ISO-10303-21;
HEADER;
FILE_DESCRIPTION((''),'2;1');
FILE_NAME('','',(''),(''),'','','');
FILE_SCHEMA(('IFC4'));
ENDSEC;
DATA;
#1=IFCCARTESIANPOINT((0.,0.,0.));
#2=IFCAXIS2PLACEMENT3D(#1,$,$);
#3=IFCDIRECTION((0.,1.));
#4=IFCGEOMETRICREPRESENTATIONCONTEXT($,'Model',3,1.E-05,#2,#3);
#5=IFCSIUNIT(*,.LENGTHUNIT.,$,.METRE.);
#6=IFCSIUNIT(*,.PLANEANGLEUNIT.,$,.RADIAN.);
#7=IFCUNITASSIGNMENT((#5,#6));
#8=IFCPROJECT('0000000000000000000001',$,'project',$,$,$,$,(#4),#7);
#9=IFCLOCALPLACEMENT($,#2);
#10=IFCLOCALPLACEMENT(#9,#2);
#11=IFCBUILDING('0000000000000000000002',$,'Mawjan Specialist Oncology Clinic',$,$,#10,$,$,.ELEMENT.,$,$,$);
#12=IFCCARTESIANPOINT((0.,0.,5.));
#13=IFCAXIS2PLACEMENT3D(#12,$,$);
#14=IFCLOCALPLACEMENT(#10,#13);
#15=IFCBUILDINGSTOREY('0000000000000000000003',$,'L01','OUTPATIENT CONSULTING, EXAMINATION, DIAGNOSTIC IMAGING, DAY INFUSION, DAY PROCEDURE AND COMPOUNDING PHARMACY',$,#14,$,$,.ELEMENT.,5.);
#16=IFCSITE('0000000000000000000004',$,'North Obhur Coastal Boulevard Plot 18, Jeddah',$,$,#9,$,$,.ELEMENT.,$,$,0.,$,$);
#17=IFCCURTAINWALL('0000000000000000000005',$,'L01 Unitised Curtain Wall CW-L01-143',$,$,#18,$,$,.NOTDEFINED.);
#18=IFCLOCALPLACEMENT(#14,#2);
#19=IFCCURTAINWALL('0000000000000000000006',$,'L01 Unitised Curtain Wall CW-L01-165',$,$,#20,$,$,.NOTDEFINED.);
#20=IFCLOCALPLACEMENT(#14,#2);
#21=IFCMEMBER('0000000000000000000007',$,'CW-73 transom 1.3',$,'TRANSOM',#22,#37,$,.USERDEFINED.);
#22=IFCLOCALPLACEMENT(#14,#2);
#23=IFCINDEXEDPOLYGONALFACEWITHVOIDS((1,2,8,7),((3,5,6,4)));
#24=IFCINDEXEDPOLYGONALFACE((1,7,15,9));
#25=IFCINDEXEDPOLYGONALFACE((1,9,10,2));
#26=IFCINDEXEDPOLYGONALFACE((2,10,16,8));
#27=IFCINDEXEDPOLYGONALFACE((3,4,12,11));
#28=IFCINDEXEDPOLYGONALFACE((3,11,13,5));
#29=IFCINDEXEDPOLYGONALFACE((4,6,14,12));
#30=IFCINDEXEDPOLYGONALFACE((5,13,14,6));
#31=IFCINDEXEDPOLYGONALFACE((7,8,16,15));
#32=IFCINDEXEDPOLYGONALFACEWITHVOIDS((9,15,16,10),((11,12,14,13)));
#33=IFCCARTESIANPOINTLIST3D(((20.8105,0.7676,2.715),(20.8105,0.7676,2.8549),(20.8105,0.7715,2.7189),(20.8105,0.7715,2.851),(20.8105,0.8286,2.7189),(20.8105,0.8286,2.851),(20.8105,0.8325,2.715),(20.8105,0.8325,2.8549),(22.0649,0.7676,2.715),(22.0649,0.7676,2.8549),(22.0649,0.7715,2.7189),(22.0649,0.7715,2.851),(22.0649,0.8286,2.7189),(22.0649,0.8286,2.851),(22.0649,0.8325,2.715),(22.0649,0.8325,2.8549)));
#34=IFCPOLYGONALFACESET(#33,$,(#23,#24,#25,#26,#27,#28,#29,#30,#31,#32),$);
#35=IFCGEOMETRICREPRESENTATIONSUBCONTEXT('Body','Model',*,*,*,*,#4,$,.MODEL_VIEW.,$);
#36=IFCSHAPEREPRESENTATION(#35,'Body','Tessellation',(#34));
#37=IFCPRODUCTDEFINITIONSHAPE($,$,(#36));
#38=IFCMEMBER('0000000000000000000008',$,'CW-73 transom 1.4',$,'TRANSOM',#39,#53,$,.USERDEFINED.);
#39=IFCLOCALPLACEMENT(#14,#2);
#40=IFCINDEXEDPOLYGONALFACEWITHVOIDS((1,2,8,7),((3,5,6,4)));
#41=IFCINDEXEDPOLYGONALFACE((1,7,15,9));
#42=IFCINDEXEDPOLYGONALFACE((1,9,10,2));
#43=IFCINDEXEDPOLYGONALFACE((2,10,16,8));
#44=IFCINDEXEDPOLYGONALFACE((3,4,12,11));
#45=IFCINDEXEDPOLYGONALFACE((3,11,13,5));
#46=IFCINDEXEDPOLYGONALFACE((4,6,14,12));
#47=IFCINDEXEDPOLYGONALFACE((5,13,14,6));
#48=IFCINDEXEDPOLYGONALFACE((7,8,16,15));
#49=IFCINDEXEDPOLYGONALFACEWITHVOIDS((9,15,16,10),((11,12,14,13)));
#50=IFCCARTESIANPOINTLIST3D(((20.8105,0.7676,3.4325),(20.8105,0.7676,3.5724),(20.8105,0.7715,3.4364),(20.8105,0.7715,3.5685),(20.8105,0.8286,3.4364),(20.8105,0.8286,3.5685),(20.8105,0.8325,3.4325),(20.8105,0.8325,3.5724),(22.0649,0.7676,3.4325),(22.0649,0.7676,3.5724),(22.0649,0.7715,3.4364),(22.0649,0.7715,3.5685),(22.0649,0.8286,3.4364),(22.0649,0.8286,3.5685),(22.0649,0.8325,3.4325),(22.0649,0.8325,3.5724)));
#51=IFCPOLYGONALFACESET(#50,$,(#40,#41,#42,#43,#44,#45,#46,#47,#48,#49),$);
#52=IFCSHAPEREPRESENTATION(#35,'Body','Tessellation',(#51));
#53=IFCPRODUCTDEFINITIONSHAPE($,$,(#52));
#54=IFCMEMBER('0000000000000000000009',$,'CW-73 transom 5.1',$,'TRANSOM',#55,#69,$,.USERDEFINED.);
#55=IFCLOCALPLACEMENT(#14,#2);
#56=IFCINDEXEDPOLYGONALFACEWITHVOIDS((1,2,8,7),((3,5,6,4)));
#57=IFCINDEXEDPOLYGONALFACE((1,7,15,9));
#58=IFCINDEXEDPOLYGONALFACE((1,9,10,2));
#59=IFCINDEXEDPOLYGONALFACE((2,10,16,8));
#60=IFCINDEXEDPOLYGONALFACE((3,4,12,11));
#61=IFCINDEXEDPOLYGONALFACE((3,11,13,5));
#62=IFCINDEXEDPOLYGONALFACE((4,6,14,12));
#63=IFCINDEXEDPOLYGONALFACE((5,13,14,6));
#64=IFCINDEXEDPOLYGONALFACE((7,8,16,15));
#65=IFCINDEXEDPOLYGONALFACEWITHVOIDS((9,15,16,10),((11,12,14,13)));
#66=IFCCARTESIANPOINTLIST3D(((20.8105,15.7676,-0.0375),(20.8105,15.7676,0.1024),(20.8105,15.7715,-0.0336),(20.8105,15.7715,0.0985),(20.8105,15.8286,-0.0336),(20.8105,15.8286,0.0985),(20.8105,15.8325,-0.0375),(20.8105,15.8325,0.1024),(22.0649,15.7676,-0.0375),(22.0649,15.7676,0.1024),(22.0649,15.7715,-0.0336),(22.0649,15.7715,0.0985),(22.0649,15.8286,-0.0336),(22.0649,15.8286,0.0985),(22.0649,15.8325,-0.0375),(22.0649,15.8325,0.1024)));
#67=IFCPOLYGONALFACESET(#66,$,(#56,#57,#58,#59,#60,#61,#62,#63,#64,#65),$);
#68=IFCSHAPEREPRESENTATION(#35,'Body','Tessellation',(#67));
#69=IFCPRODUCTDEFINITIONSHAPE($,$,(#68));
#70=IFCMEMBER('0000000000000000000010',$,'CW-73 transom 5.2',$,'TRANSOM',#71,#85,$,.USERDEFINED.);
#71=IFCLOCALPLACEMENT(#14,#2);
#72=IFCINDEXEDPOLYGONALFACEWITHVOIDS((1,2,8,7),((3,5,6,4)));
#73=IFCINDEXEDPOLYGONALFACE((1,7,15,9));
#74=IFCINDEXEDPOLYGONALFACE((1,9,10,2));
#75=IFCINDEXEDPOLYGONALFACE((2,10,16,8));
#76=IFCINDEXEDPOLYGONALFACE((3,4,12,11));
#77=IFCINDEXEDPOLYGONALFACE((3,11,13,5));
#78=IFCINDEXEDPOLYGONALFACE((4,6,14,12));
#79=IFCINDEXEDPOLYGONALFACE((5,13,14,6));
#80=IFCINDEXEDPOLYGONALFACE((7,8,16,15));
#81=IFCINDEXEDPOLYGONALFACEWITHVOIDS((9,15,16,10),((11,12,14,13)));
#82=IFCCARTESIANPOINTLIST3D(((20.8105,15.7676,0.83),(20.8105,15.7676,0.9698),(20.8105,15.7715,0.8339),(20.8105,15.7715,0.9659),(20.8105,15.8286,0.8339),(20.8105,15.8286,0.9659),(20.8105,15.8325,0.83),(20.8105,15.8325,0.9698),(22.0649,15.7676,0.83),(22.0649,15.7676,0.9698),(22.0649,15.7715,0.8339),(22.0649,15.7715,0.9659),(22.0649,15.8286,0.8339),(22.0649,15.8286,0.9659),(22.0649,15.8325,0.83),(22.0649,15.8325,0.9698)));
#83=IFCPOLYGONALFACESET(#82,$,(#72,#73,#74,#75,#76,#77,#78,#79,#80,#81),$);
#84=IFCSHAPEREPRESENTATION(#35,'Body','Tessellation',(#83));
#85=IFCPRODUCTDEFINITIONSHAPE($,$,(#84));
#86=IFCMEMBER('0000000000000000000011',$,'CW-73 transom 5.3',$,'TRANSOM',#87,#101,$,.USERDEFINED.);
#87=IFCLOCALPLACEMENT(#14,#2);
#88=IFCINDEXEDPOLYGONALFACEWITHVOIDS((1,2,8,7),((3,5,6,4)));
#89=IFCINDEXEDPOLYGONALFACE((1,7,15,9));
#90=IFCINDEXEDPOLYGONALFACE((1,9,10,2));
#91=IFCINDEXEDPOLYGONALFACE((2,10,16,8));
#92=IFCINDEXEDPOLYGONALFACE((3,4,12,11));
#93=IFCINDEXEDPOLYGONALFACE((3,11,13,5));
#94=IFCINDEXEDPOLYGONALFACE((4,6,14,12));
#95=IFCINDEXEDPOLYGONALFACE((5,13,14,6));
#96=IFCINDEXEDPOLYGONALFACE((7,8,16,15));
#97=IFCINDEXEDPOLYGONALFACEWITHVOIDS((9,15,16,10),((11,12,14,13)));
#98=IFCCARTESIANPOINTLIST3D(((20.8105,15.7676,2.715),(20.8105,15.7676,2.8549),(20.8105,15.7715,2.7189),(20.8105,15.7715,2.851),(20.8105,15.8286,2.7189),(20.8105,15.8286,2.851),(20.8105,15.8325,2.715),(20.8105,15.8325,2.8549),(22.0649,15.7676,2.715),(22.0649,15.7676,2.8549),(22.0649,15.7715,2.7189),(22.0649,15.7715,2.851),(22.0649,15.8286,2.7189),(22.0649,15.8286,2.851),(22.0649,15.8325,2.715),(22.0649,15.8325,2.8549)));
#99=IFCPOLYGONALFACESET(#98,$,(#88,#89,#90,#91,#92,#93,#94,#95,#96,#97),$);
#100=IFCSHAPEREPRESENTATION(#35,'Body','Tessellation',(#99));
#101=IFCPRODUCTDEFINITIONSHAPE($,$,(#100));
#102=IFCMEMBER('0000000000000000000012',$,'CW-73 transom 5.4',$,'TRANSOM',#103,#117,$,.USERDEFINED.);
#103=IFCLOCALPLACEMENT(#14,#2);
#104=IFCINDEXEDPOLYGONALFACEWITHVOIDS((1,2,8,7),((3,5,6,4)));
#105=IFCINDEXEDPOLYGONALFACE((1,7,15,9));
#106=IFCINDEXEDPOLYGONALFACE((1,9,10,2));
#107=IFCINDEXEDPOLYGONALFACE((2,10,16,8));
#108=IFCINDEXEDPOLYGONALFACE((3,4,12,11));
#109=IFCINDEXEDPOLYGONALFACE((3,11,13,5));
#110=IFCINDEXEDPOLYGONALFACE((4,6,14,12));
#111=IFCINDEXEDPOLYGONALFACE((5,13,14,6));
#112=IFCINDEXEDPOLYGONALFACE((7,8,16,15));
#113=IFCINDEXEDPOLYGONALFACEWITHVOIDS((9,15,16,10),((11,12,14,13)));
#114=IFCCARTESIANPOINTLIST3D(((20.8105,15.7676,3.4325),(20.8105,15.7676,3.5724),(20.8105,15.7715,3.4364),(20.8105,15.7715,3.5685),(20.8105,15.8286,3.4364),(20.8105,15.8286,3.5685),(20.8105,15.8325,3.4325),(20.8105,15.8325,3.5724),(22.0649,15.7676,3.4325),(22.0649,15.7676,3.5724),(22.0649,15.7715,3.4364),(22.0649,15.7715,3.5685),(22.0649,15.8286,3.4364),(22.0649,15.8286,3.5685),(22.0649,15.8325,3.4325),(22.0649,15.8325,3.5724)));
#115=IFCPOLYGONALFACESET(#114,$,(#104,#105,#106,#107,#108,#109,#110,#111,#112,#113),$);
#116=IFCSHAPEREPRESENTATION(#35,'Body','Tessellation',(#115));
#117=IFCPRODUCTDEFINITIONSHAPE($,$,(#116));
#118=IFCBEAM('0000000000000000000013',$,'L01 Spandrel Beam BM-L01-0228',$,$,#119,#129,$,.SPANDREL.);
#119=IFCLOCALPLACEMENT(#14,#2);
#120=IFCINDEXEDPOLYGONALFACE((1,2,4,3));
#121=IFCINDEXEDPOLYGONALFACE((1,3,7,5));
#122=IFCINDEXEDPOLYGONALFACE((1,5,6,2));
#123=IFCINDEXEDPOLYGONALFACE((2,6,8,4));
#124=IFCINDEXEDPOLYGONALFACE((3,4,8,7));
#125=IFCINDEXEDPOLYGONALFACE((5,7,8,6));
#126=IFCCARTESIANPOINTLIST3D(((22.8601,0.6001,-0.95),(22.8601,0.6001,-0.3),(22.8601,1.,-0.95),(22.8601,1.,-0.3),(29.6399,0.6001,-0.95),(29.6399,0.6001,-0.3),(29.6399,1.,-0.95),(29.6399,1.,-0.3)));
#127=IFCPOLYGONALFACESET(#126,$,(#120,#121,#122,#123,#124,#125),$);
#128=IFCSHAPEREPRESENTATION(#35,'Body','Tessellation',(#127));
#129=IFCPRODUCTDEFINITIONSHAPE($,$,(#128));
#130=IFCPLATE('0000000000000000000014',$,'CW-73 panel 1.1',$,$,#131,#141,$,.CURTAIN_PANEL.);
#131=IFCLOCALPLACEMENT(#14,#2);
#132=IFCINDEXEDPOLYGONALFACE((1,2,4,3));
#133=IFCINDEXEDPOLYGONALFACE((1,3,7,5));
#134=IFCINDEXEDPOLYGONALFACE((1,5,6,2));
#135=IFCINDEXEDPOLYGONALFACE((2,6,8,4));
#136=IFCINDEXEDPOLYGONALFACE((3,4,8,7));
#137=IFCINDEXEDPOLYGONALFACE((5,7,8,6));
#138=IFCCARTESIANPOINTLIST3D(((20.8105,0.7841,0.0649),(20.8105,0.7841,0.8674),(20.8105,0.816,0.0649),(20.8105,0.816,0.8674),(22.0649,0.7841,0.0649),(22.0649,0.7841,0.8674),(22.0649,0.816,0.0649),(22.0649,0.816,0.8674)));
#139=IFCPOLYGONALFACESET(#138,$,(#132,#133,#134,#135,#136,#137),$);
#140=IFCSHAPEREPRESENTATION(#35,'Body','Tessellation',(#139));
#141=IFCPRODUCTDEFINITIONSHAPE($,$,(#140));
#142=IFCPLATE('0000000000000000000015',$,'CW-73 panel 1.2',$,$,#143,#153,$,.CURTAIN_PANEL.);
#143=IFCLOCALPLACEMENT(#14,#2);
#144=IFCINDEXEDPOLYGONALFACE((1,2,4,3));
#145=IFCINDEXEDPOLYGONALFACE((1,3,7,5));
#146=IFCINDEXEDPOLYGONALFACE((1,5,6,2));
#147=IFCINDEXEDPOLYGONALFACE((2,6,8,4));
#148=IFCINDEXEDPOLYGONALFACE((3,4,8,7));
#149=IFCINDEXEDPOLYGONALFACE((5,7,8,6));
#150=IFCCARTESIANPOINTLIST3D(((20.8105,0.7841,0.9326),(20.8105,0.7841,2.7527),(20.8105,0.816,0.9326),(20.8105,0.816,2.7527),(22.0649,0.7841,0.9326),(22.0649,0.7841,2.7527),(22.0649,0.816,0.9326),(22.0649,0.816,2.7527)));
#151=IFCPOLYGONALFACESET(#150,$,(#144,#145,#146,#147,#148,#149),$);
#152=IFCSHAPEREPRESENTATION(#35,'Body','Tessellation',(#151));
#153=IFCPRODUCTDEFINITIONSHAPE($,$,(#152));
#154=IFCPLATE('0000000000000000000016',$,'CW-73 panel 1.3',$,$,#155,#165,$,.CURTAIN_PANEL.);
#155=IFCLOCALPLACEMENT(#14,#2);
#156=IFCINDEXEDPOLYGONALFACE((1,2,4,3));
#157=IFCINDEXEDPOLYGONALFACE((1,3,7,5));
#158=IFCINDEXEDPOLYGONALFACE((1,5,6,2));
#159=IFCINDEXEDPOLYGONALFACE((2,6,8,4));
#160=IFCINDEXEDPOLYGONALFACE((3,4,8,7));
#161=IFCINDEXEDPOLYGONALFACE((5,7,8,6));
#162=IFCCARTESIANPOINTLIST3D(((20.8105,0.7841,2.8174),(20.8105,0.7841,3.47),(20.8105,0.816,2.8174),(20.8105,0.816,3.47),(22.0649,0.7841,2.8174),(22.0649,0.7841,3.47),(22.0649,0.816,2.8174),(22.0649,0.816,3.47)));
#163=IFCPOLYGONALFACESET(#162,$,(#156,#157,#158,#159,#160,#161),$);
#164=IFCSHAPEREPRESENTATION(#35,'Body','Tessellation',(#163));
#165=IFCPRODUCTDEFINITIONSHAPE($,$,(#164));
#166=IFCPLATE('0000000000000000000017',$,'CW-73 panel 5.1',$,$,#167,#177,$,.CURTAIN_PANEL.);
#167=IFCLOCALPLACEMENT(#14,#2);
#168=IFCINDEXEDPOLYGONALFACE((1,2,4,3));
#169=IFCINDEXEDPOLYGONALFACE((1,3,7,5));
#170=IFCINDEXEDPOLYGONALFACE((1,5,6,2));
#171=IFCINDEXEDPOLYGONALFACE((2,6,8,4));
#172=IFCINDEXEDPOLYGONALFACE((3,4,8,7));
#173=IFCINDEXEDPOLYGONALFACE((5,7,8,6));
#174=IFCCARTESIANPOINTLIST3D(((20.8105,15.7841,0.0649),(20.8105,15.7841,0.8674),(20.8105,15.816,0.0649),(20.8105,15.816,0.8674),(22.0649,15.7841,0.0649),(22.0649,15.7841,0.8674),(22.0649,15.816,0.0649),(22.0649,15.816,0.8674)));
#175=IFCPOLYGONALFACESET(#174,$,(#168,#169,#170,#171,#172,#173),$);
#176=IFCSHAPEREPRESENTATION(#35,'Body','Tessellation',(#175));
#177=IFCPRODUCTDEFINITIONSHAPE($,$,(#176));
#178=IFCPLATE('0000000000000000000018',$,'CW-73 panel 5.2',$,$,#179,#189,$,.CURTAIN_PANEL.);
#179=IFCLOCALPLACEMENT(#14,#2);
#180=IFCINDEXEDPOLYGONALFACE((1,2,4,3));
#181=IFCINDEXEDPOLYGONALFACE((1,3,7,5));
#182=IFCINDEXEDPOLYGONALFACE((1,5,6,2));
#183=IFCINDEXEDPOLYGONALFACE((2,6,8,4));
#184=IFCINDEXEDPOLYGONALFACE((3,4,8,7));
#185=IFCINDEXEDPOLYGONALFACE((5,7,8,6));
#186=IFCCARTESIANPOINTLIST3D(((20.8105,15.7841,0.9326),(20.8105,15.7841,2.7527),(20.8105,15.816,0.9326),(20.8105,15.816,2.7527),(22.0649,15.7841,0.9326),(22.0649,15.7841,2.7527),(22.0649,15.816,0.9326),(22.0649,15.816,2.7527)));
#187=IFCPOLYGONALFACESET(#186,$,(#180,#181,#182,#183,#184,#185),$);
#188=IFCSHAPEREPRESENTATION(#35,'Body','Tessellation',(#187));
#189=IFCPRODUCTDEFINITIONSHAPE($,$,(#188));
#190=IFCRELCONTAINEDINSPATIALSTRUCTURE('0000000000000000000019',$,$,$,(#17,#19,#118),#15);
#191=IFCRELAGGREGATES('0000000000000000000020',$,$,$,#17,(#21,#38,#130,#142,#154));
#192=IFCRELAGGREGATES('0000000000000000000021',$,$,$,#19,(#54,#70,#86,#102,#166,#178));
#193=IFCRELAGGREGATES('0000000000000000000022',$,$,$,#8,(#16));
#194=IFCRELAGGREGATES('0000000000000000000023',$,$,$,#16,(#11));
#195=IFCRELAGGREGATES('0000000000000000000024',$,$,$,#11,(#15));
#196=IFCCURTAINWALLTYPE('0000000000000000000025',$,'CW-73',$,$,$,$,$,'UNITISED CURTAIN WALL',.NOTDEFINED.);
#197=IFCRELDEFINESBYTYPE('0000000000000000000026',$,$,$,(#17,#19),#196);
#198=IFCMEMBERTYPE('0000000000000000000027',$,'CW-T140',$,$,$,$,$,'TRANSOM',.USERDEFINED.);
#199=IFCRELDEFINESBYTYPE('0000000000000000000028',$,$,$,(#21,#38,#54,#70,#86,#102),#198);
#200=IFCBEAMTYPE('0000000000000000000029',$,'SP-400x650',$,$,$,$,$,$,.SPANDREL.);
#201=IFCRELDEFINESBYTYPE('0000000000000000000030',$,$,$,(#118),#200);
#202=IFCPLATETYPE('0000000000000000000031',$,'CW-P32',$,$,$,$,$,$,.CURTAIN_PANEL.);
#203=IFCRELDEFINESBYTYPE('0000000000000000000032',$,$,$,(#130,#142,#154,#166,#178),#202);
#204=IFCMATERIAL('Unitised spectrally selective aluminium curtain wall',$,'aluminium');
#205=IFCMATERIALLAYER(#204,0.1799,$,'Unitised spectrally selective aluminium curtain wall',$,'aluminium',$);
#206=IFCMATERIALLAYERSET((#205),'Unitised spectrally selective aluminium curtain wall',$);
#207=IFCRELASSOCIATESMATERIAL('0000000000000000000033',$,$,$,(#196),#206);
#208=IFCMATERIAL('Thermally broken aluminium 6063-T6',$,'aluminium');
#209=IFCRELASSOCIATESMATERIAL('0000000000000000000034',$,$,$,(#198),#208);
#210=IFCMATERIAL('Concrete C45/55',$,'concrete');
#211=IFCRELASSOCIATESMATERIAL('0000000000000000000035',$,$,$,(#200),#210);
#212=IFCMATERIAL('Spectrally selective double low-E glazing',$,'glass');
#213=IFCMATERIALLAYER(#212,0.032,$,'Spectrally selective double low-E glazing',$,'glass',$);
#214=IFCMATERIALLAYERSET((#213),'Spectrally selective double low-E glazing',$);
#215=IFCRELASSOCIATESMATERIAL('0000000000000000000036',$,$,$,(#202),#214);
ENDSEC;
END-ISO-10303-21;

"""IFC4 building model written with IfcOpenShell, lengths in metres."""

from ifc_helpers import new_model, si_unit, direction, frame, origin, origin_2d, place, context, subcontext, project, spatial, rectangle, hollow_rectangle, extrude, material, layer, layer_set, material_profile, profile_set, type_object, element, aggregate, save


model = new_model("IFC4")

# Units and contexts
model_context = context("Model", 3, precision=1e-05, world=origin(), true_north=direction((0.0, 1.0)))
body_context = subcontext(model_context, "Body", "Model", "MODEL_VIEW")
ifc_project = project(units=[si_unit("LENGTHUNIT", "METRE"), si_unit("PLANEANGLEUNIT", "RADIAN")], contexts=[model_context])

# Site, building, storey
site_placement = place(None, origin())
site = spatial("IfcSite", under=ifc_project, at=site_placement, Name="North Obhur Coastal Boulevard Plot 18, Jeddah", CompositionType="ELEMENT", RefElevation=0.0)
building_placement = place(site_placement, origin())
building = spatial("IfcBuilding", under=site, at=building_placement, Name="Mawjan Specialist Oncology Clinic", CompositionType="ELEMENT")
storey_placement = place(building_placement, frame((0.0, 0.0, 5.0)))
storey = spatial("IfcBuildingStorey", under=building, at=storey_placement, Name="L01", Description="OUTPATIENT CONSULTING, EXAMINATION, DIAGNOSTIC IMAGING, DAY INFUSION, DAY PROCEDURE AND COMPOUNDING PHARMACY", CompositionType="ELEMENT", Elevation=5.0)

# Curtain walls
ifc_material_1 = material(Name="Unitised spectrally selective aluminium curtain wall", Category="aluminium")
ifc_layer_1 = layer(ifc_material_1, 0.1799, Name="Unitised spectrally selective aluminium curtain wall", Category="aluminium")
ifc_layer_set_1 = layer_set([ifc_layer_1], Name="Unitised spectrally selective aluminium curtain wall")
curtain_wall_type = type_object("IfcCurtainWallType", Name="CW-73", ElementType="UNITISED CURTAIN WALL", PredefinedType="NOTDEFINED", material=ifc_layer_set_1)
curtain_wall_1_placement = place(storey_placement, origin())
curtain_wall_1 = element("IfcCurtainWall", 1, at=curtain_wall_1_placement, inside=storey, type_object=curtain_wall_type, Name="L01 Unitised Curtain Wall CW-L01-143", PredefinedType="NOTDEFINED")
curtain_wall_2_placement = place(storey_placement, origin())
curtain_wall_2 = element("IfcCurtainWall", 2, at=curtain_wall_2_placement, inside=storey, type_object=curtain_wall_type, Name="L01 Unitised Curtain Wall CW-L01-165", PredefinedType="NOTDEFINED")

# Members
ifc_material_2 = material(Name="Thermally broken aluminium 6063-T6", Category="aluminium")
ifc_material_profile_1 = material_profile(ifc_material_2, hollow_rectangle(XDim=0.0649, YDim=0.1399, WallThickness=0.0039, at=origin_2d()), Name="ALU TRANSOM 140x65x4", Category="aluminium")
ifc_profile_set_1 = profile_set([ifc_material_profile_1], Name="Thermally broken aluminium 6063-T6")
member_type_1 = type_object("IfcMemberType", Name="CW-T140", ElementType="TRANSOM", PredefinedType="USERDEFINED", material=ifc_profile_set_1)
member_1_placement = place(storey_placement, frame((22.0649, 0.8, 2.7849), z_axis=(-1.0, 0.0, 0.0), x_axis=(0.0, -1.0, 0.0)))
member_1 = element("IfcMember", 3, at=member_1_placement, type_object=member_type_1, Name="CW-73 transom 1.3", ObjectType="TRANSOM", PredefinedType="USERDEFINED", context=body_context, shape_type="SweptSolid", body=[
    extrude(hollow_rectangle(XDim=0.0649, YDim=0.1399, WallThickness=0.0039, at=origin_2d()), origin(), (0.0, 0.0, 1.0), 1.2544),
])
member_2_placement = place(storey_placement, frame((22.0649, 0.8, 3.5024), z_axis=(-1.0, 0.0, 0.0), x_axis=(0.0, -1.0, 0.0)))
member_2 = element("IfcMember", 4, at=member_2_placement, type_object=member_type_1, Name="CW-73 transom 1.4", ObjectType="TRANSOM", PredefinedType="USERDEFINED", context=body_context, shape_type="SweptSolid", body=[
    extrude(hollow_rectangle(XDim=0.0649, YDim=0.1399, WallThickness=0.0039, at=origin_2d()), origin(), (0.0, 0.0, 1.0), 1.2544),
])
member_3_placement = place(storey_placement, frame((20.8105, 15.8, 0.0325), z_axis=(1.0, 0.0, 0.0), x_axis=(0.0, 1.0, 0.0)))
member_3 = element("IfcMember", 5, at=member_3_placement, type_object=member_type_1, Name="CW-73 transom 5.1", ObjectType="TRANSOM", PredefinedType="USERDEFINED", context=body_context, shape_type="SweptSolid", body=[
    extrude(hollow_rectangle(XDim=0.0649, YDim=0.1399, WallThickness=0.0039, at=origin_2d()), origin(), (0.0, 0.0, 1.0), 1.2544),
])
member_4_placement = place(storey_placement, frame((20.8105, 15.8, 0.8999), z_axis=(1.0, 0.0, 0.0), x_axis=(0.0, 1.0, 0.0)))
member_4 = element("IfcMember", 6, at=member_4_placement, type_object=member_type_1, Name="CW-73 transom 5.2", ObjectType="TRANSOM", PredefinedType="USERDEFINED", context=body_context, shape_type="SweptSolid", body=[
    extrude(hollow_rectangle(XDim=0.0649, YDim=0.1399, WallThickness=0.0039, at=origin_2d()), origin(), (0.0, 0.0, 1.0), 1.2544),
])
member_5_placement = place(storey_placement, frame((20.8105, 15.8, 2.7849), z_axis=(1.0, 0.0, 0.0), x_axis=(0.0, 1.0, 0.0)))
member_5 = element("IfcMember", 7, at=member_5_placement, type_object=member_type_1, Name="CW-73 transom 5.3", ObjectType="TRANSOM", PredefinedType="USERDEFINED", context=body_context, shape_type="SweptSolid", body=[
    extrude(hollow_rectangle(XDim=0.0649, YDim=0.1399, WallThickness=0.0039, at=origin_2d()), origin(), (0.0, 0.0, 1.0), 1.2544),
])
member_6_placement = place(storey_placement, frame((20.8105, 15.8, 3.5024), z_axis=(1.0, 0.0, 0.0), x_axis=(0.0, 1.0, 0.0)))
member_6 = element("IfcMember", 8, at=member_6_placement, type_object=member_type_1, Name="CW-73 transom 5.4", ObjectType="TRANSOM", PredefinedType="USERDEFINED", context=body_context, shape_type="SweptSolid", body=[
    extrude(hollow_rectangle(XDim=0.0649, YDim=0.1399, WallThickness=0.0039, at=origin_2d()), origin(), (0.0, 0.0, 1.0), 1.2544),
])

# Beam
ifc_material_3 = material(Name="Concrete C45/55", Category="concrete")
ifc_material_profile_2 = material_profile(ifc_material_3, rectangle(XDim=0.3999, YDim=0.6499, at=origin_2d()), Name="RC BM 400x650", Category="concrete")
ifc_profile_set_2 = profile_set([ifc_material_profile_2], Name="Concrete C45/55")
beam_type_1 = type_object("IfcBeamType", Name="SP-400x650", PredefinedType="SPANDREL", material=ifc_profile_set_2)
beam_1_placement = place(storey_placement, frame((22.8601, 0.8, -0.625), z_axis=(1.0, 0.0, 0.0), x_axis=(0.0, 1.0, 0.0)))
element("IfcBeam", 9, at=beam_1_placement, inside=storey, type_object=beam_type_1, Name="L01 Spandrel Beam BM-L01-0228", PredefinedType="SPANDREL", context=body_context, shape_type="SweptSolid", body=[
    extrude(rectangle(XDim=0.3999, YDim=0.6499, at=origin_2d()), origin(), (0.0, 0.0, 1.0), 6.7798),
])

# Plates
ifc_material_4 = material(Name="Spectrally selective double low-E glazing", Category="glass")
ifc_layer_2 = layer(ifc_material_4, 0.032, Name="Spectrally selective double low-E glazing", Category="glass")
ifc_layer_set_2 = layer_set([ifc_layer_2], Name="Spectrally selective double low-E glazing")
plate_type = type_object("IfcPlateType", Name="CW-P32", PredefinedType="CURTAIN_PANEL", material=ifc_layer_set_2)
plate_1_placement = place(storey_placement, frame((21.4377, 0.8, 0.0649), z_axis=(0.0, 0.0, 1.0), x_axis=(-1.0, 0.0, 0.0)))
plate_1 = element("IfcPlate", 10, at=plate_1_placement, type_object=plate_type, Name="CW-73 panel 1.1", PredefinedType="CURTAIN_PANEL", context=body_context, shape_type="SweptSolid", body=[
    extrude(rectangle(XDim=1.2544, YDim=0.032, at=origin_2d()), origin(), (0.0, 0.0, 1.0), 0.8025),
])
plate_2_placement = place(storey_placement, frame((21.4377, 0.8, 0.9326), z_axis=(0.0, 0.0, 1.0), x_axis=(-1.0, 0.0, 0.0)))
plate_2 = element("IfcPlate", 11, at=plate_2_placement, type_object=plate_type, Name="CW-73 panel 1.2", PredefinedType="CURTAIN_PANEL", context=body_context, shape_type="SweptSolid", body=[
    extrude(rectangle(XDim=1.2544, YDim=0.032, at=origin_2d()), origin(), (0.0, 0.0, 1.0), 1.8201),
])
plate_3_placement = place(storey_placement, frame((21.4377, 0.8, 2.8174), z_axis=(0.0, 0.0, 1.0), x_axis=(-1.0, 0.0, 0.0)))
plate_3 = element("IfcPlate", 12, at=plate_3_placement, type_object=plate_type, Name="CW-73 panel 1.3", PredefinedType="CURTAIN_PANEL", context=body_context, shape_type="SweptSolid", body=[
    extrude(rectangle(XDim=1.2544, YDim=0.032, at=origin_2d()), origin(), (0.0, 0.0, 1.0), 0.6526),
])
aggregate(curtain_wall_1, [member_1, member_2, plate_1, plate_2, plate_3])
plate_4_placement = place(storey_placement, frame((21.4377, 15.8, 0.0649), z_axis=(0.0, 0.0, 1.0), x_axis=(1.0, 0.0, 0.0)))
plate_4 = element("IfcPlate", 13, at=plate_4_placement, type_object=plate_type, Name="CW-73 panel 5.1", PredefinedType="CURTAIN_PANEL", context=body_context, shape_type="SweptSolid", body=[
    extrude(rectangle(XDim=1.2544, YDim=0.032, at=origin_2d()), origin(), (0.0, 0.0, 1.0), 0.8025),
])
plate_5_placement = place(storey_placement, frame((21.4377, 15.8, 0.9326), z_axis=(0.0, 0.0, 1.0), x_axis=(1.0, 0.0, 0.0)))
plate_5 = element("IfcPlate", 14, at=plate_5_placement, type_object=plate_type, Name="CW-73 panel 5.2", PredefinedType="CURTAIN_PANEL", context=body_context, shape_type="SweptSolid", body=[
    extrude(rectangle(XDim=1.2544, YDim=0.032, at=origin_2d()), origin(), (0.0, 0.0, 1.0), 1.8201),
])
aggregate(curtain_wall_2, [member_3, member_4, member_5, member_6, plate_4, plate_5])

save(model, "model.ifc")
